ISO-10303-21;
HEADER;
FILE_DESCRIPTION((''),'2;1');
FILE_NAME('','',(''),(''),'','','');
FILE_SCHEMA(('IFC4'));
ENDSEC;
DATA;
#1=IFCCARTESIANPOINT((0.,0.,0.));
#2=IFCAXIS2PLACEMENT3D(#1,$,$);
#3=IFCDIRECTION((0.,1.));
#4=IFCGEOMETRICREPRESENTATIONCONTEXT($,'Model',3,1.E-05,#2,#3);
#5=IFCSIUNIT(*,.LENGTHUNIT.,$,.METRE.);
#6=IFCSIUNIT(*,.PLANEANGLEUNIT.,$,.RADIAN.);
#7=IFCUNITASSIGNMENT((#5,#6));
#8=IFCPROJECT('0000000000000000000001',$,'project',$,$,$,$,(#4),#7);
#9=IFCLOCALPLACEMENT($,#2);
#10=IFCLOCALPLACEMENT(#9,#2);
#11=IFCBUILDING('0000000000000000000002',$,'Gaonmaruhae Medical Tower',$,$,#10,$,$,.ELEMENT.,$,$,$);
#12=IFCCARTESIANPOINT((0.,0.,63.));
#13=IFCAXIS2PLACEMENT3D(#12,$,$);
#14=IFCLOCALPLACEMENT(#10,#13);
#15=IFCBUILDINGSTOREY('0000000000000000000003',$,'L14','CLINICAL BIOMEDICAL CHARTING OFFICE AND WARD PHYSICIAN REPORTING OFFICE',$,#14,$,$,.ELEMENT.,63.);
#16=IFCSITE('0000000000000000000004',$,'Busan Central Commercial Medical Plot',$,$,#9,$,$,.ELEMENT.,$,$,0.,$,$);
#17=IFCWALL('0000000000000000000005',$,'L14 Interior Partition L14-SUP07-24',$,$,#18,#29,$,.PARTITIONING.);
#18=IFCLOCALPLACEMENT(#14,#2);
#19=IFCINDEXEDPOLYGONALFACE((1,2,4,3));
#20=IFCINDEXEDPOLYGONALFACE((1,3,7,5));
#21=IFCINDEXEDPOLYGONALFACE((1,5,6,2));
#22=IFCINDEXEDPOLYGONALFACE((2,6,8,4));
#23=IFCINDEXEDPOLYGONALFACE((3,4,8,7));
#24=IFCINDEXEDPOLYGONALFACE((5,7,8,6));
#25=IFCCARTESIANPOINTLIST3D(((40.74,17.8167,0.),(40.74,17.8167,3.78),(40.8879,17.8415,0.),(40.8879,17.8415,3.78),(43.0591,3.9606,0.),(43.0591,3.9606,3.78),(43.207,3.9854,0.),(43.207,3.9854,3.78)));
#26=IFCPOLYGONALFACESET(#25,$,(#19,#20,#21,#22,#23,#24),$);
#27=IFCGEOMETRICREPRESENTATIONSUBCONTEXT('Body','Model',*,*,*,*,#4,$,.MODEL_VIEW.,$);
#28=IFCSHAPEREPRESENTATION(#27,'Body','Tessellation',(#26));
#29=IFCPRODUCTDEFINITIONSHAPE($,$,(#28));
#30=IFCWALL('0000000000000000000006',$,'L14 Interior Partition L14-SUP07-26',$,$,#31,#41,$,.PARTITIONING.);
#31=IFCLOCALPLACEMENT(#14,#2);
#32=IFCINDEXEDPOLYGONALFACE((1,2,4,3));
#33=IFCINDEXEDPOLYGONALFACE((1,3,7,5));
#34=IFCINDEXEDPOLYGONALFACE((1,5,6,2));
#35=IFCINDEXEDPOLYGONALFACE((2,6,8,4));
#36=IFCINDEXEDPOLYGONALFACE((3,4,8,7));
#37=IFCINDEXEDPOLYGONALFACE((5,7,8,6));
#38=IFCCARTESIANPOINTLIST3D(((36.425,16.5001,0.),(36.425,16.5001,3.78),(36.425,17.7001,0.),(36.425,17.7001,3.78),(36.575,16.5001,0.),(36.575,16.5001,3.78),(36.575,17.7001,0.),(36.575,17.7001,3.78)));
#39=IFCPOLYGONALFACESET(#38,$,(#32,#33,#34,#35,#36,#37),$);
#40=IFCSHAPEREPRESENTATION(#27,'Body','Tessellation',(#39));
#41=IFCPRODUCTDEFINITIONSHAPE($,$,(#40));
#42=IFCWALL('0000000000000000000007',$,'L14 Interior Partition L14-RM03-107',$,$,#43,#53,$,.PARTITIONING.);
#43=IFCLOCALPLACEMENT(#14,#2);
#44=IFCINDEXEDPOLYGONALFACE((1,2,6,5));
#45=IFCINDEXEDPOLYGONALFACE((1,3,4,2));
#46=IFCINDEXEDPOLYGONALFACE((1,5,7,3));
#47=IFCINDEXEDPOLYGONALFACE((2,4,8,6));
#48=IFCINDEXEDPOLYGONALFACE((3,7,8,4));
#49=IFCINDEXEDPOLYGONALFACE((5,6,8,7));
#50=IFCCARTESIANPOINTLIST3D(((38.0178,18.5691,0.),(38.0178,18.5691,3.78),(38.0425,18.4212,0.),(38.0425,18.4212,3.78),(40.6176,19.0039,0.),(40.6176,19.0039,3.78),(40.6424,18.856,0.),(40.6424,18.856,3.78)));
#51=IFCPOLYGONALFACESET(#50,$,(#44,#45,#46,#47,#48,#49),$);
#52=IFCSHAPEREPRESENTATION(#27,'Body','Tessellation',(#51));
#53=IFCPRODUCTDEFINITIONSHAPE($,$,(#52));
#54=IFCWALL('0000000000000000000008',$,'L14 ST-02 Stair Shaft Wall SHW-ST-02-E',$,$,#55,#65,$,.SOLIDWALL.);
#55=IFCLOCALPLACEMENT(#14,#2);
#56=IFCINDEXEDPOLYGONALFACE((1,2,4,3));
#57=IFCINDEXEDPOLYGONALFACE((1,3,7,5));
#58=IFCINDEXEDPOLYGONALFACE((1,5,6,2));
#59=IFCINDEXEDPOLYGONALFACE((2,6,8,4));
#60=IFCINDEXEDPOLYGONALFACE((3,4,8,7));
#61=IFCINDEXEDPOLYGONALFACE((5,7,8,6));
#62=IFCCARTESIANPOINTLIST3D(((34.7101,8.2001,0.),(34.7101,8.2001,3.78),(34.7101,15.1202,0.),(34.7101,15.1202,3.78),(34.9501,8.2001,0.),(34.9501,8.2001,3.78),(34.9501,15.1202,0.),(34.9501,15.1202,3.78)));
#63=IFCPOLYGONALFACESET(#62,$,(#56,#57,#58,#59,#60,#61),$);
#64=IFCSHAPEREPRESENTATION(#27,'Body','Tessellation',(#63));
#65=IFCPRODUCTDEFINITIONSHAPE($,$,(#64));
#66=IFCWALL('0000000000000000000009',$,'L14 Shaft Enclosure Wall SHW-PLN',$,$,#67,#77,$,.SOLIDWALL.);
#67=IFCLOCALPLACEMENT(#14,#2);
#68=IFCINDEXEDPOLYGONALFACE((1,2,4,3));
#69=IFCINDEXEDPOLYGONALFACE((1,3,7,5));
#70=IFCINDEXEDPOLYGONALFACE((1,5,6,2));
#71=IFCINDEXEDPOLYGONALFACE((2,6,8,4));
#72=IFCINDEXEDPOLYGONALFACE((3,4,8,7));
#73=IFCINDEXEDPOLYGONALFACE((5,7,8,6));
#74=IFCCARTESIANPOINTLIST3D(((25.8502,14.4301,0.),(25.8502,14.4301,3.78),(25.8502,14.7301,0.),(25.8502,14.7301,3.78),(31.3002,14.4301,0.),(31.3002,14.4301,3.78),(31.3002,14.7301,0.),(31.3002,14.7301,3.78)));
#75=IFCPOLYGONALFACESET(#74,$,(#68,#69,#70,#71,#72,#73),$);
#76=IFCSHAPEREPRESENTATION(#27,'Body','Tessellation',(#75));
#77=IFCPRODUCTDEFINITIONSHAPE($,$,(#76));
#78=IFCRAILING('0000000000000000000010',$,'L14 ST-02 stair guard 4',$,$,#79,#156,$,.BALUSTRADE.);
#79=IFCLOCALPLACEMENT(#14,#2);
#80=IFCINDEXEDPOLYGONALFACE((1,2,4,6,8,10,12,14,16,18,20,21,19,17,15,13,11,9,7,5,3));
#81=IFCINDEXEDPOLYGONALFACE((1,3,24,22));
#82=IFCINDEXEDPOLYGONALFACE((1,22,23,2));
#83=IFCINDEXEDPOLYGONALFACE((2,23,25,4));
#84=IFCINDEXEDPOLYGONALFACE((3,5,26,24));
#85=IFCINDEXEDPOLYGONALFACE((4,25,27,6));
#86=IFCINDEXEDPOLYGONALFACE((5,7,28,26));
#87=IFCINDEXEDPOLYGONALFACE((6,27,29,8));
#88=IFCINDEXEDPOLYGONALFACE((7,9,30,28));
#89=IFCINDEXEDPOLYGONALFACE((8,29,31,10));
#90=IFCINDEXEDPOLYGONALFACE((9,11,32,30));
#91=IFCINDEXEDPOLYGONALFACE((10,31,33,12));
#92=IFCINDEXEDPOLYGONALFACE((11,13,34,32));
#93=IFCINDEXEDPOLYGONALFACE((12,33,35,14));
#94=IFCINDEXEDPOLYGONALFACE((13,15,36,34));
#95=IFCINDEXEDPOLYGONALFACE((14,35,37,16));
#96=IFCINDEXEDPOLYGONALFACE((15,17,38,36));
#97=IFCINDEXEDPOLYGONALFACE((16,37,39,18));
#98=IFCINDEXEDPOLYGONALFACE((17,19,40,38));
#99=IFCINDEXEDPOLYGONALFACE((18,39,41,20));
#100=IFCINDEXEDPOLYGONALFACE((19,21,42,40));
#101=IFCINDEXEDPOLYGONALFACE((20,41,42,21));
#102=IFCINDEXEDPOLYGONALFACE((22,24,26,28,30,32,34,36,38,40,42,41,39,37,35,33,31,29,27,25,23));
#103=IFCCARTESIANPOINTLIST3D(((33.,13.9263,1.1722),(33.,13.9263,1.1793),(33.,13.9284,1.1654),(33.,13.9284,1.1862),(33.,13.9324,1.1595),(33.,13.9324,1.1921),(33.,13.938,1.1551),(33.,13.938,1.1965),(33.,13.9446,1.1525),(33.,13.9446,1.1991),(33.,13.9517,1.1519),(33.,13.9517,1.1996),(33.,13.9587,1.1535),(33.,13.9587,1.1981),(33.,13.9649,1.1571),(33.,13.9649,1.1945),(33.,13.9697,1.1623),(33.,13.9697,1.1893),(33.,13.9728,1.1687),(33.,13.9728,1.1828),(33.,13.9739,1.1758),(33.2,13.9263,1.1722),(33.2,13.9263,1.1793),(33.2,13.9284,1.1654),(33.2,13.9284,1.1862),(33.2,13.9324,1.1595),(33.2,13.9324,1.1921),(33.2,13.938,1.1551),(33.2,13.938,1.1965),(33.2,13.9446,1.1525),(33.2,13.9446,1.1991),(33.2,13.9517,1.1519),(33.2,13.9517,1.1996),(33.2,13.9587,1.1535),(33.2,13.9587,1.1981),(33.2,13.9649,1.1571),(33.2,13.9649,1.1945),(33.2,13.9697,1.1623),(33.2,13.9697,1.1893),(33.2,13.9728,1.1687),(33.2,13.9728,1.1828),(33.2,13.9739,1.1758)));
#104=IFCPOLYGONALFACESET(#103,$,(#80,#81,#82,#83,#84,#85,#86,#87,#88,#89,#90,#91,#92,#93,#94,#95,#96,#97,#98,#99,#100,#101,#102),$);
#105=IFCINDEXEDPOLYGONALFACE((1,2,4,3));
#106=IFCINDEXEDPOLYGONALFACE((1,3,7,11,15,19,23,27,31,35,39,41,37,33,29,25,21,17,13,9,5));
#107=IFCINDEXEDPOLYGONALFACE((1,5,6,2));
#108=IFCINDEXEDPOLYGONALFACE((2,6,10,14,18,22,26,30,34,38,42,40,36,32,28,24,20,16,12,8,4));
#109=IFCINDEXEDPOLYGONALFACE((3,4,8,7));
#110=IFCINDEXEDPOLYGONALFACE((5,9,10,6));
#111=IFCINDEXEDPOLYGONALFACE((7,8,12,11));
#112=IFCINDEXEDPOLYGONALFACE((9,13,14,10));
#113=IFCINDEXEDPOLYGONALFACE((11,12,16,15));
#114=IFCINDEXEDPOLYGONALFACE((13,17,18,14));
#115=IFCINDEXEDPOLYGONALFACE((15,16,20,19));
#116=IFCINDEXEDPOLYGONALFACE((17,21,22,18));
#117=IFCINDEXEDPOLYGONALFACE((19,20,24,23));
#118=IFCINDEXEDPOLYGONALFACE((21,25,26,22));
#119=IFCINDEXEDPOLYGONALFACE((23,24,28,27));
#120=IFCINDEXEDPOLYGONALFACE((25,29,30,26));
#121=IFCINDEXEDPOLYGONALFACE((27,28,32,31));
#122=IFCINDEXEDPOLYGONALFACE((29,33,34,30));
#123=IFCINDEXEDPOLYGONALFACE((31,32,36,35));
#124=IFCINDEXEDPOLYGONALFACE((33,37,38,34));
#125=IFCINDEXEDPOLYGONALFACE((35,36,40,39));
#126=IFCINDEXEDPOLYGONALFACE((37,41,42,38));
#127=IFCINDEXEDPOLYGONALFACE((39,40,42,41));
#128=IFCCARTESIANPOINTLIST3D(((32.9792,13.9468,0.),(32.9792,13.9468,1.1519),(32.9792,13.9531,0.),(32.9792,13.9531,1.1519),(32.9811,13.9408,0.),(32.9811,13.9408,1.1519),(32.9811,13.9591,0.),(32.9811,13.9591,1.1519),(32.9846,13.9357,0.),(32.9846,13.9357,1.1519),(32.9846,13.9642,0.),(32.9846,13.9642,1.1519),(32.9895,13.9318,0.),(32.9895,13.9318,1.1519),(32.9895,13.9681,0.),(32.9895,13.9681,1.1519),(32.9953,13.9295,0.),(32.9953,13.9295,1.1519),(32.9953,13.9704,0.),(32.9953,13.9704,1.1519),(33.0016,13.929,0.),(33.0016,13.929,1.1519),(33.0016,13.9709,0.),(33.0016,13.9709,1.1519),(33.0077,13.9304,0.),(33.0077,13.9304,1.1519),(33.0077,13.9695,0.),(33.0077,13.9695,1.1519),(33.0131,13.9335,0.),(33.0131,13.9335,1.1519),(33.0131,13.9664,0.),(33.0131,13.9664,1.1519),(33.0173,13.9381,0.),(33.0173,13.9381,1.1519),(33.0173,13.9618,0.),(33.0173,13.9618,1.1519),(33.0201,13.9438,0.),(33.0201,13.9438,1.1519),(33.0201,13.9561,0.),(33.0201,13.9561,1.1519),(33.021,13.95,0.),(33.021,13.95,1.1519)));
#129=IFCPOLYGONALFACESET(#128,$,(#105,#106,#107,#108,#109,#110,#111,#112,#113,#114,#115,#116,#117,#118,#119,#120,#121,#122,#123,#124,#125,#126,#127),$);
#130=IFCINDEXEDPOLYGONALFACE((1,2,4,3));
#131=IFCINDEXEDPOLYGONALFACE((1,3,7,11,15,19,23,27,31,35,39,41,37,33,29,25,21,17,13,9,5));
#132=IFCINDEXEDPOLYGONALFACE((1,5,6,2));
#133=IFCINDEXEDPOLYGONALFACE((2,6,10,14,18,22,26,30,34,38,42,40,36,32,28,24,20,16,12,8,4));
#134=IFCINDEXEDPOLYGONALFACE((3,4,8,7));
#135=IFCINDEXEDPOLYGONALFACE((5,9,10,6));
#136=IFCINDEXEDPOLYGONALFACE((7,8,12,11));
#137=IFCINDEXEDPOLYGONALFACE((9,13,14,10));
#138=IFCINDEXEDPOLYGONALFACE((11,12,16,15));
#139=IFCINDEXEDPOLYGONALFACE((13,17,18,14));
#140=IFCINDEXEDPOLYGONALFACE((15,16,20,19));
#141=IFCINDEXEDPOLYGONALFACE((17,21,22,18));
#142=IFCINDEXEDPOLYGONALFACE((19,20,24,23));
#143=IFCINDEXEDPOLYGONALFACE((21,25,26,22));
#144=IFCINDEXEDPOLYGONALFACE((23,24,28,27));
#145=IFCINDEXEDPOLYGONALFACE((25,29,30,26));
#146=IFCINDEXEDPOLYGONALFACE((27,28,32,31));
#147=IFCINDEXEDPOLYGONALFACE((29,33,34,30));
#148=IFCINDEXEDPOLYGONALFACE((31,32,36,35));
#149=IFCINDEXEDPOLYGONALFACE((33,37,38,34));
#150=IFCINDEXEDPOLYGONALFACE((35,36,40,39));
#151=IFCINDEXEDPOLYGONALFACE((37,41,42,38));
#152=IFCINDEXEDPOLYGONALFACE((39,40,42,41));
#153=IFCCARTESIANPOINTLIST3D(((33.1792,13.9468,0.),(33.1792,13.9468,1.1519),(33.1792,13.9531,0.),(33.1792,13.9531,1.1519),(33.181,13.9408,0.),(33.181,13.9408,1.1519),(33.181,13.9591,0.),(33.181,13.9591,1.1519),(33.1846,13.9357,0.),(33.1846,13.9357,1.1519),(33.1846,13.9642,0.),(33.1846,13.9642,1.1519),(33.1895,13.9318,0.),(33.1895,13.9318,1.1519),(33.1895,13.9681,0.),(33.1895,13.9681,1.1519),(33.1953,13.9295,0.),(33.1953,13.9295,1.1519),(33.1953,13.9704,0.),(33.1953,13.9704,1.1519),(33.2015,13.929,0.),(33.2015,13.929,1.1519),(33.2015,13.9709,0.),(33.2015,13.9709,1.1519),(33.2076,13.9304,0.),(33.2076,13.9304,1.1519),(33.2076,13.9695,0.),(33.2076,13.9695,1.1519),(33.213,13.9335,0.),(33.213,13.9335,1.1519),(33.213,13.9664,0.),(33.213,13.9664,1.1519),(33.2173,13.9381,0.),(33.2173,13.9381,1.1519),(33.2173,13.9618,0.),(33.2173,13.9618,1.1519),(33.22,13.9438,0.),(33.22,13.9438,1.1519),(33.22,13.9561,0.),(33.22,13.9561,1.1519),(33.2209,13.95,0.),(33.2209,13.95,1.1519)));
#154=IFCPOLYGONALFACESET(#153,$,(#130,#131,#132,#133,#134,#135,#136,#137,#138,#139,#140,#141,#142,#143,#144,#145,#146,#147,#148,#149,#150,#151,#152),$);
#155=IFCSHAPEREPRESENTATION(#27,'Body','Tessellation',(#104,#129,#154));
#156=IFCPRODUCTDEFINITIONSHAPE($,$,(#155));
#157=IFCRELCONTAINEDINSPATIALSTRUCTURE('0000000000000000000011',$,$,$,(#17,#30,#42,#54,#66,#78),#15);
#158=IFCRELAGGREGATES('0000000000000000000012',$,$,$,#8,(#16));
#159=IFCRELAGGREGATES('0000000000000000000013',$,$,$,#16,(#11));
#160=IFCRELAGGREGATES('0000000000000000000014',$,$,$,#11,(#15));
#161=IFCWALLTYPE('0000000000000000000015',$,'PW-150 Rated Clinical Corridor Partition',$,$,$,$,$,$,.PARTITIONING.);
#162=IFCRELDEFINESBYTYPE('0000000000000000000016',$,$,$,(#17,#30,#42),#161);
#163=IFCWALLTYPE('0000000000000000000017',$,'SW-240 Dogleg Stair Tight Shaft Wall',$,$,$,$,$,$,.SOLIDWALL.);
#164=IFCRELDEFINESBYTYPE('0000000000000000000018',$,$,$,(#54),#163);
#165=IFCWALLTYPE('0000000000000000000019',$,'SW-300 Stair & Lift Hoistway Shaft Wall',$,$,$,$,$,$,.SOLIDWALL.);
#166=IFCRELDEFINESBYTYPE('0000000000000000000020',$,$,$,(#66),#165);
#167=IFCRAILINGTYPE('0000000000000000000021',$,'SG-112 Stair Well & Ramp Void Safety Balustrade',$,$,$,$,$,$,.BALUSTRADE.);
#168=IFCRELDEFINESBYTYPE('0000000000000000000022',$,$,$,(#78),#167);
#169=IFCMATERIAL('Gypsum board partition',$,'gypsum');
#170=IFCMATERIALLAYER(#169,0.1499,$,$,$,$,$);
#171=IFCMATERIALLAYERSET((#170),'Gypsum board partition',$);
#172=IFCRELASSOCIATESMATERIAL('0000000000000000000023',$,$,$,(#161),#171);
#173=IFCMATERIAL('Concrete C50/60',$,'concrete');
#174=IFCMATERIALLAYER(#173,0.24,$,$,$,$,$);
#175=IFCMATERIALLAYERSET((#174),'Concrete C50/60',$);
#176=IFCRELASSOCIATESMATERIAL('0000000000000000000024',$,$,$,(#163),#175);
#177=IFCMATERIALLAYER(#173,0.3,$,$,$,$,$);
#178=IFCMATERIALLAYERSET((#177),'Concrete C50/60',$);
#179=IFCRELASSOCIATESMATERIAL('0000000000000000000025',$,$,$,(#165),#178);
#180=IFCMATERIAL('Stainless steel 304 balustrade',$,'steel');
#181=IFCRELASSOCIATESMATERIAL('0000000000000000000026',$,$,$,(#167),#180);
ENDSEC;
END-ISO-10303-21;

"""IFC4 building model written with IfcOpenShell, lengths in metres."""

from ifc_helpers import new_model, si_unit, direction, frame, frame_2d, origin, origin_2d, place, context, subcontext, project, spatial, rectangle, circle, extrude, material, layer, layer_set, type_object, element, save


model = new_model("IFC4")

# Units and contexts
model_context = context("Model", 3, precision=1e-05, world=origin(), true_north=direction((0.0, 1.0)))
body_context = subcontext(model_context, "Body", "Model", "MODEL_VIEW")
ifc_project = project(units=[si_unit("LENGTHUNIT", "METRE"), si_unit("PLANEANGLEUNIT", "RADIAN")], contexts=[model_context])

# Site, building, storey
site_placement = place(None, origin())
site = spatial("IfcSite", under=ifc_project, at=site_placement, Name="Busan Central Commercial Medical Plot", CompositionType="ELEMENT", RefElevation=0.0)
building_placement = place(site_placement, origin())
building = spatial("IfcBuilding", under=site, at=building_placement, Name="Gaonmaruhae Medical Tower", CompositionType="ELEMENT")
storey_placement = place(building_placement, frame((0.0, 0.0, 63.0)))
storey = spatial("IfcBuildingStorey", under=building, at=storey_placement, Name="L14", Description="CLINICAL BIOMEDICAL CHARTING OFFICE AND WARD PHYSICIAN REPORTING OFFICE", CompositionType="ELEMENT", Elevation=63.0)

# Shared definitions
ifc_material_1 = material(Name="Gypsum board partition", Category="gypsum")
ifc_layer_1 = layer(ifc_material_1, 0.1499)
ifc_layer_set_1 = layer_set([ifc_layer_1], Name="Gypsum board partition")
wall_type_1 = type_object("IfcWallType", Name="PW-150 Rated Clinical Corridor Partition", PredefinedType="PARTITIONING", material=ifc_layer_set_1)

# Walls
wall_1_placement = place(storey_placement, frame((40.814, 17.8291, 0.0), z_axis=(0.0, 0.0, 1.0), x_axis=(0.165072, -0.986281, 0.0)))
element("IfcWall", 1, at=wall_1_placement, inside=storey, type_object=wall_type_1, Name="L14 Interior Partition L14-SUP07-24", PredefinedType="PARTITIONING", context=body_context, shape_type="SweptSolid", body=[
    extrude(rectangle(XDim=14.0488, YDim=0.1499, at=frame_2d((7.0244, 0.0))), origin(), (0.0, 0.0, 1.0), 3.78),
])
wall_2_placement = place(storey_placement, frame((36.5, 16.5, 0.0), z_axis=(0.0, 0.0, 1.0), x_axis=(0.0, 1.0, 0.0)))
element("IfcWall", 2, at=wall_2_placement, inside=storey, type_object=wall_type_1, Name="L14 Interior Partition L14-SUP07-26", PredefinedType="PARTITIONING", context=body_context, shape_type="SweptSolid", body=[
    extrude(rectangle(XDim=1.2, YDim=0.1499, at=frame_2d((0.6001, 0.0))), origin(), (0.0, 0.0, 1.0), 3.78),
])

# Wall
wall_3_placement = place(storey_placement, frame((40.6299, 18.9299, 0.0), z_axis=(0.0, 0.0, 1.0), x_axis=(-0.986301, -0.164955, 0.0)))
element("IfcWall", 3, at=wall_3_placement, inside=storey, type_object=wall_type_1, Name="L14 Interior Partition L14-RM03-107", PredefinedType="PARTITIONING", context=body_context, shape_type="SweptSolid", body=[
    extrude(rectangle(XDim=2.636, YDim=0.1499, at=frame_2d((1.3179, 0.0))), origin(), (0.0, 0.0, 1.0), 3.78),
])

# Shared definitions
ifc_material_2 = material(Name="Concrete C50/60", Category="concrete")
ifc_layer_2 = layer(ifc_material_2, 0.24)
ifc_layer_set_2 = layer_set([ifc_layer_2], Name="Concrete C50/60")
wall_type_2 = type_object("IfcWallType", Name="SW-240 Dogleg Stair Tight Shaft Wall", PredefinedType="SOLIDWALL", material=ifc_layer_set_2)

# Walls
wall_4_placement = place(storey_placement, frame((34.8301, 15.1201, 0.0), z_axis=(0.0, 0.0, 1.0), x_axis=(0.0, -1.0, 0.0)))
element("IfcWall", 4, at=wall_4_placement, inside=storey, type_object=wall_type_2, Name="L14 ST-02 Stair Shaft Wall SHW-ST-02-E", PredefinedType="SOLIDWALL", context=body_context, shape_type="SweptSolid", body=[
    extrude(rectangle(XDim=6.9202, YDim=0.24, at=frame_2d((3.46, 0.0))), origin(), (0.0, 0.0, 1.0), 3.78),
])
ifc_layer_3 = layer(ifc_material_2, 0.3)
ifc_layer_set_3 = layer_set([ifc_layer_3], Name="Concrete C50/60")
wall_type_3 = type_object("IfcWallType", Name="SW-300 Stair & Lift Hoistway Shaft Wall", PredefinedType="SOLIDWALL", material=ifc_layer_set_3)
wall_5_placement = place(storey_placement, frame((25.8501, 14.5801, 0.0), z_axis=(0.0, 0.0, 1.0), x_axis=(1.0, 0.0, 0.0)))
element("IfcWall", 5, at=wall_5_placement, inside=storey, type_object=wall_type_3, Name="L14 Shaft Enclosure Wall SHW-PLN", PredefinedType="SOLIDWALL", context=body_context, shape_type="SweptSolid", body=[
    extrude(rectangle(XDim=5.45, YDim=0.3, at=frame_2d((2.7251, 0.0))), origin(), (0.0, 0.0, 1.0), 3.78),
])

# Railing
ifc_material_3 = material(Name="Stainless steel 304 balustrade", Category="steel")
railing_type = type_object("IfcRailingType", Name="SG-112 Stair Well & Ramp Void Safety Balustrade", PredefinedType="BALUSTRADE", material=ifc_material_3)
railing_1_placement = place(storey_placement, frame((33.0, 13.95, 0.0)))
element("IfcRailing", 6, at=railing_1_placement, inside=storey, type_object=railing_type, Name="L14 ST-02 stair guard 4", PredefinedType="BALUSTRADE", context=body_context, shape_type="SweptSolid", body=[
    extrude(circle(Radius=0.0239, at=origin_2d()), frame((0.0, 0.0, 1.1758), z_axis=(1.0, 0.0, 0.0), x_axis=(0.0, 1.0, 0.0)), (0.0, 0.0, 1.0), 0.2),
    extrude(circle(Radius=0.021, at=origin_2d()), origin(), (0.0, 0.0, 1.0), 1.1519),
    extrude(circle(Radius=0.021, at=origin_2d()), frame((0.2, 0.0, 0.0)), (0.0, 0.0, 1.0), 1.1519),
])

save(model, "model.ifc")
